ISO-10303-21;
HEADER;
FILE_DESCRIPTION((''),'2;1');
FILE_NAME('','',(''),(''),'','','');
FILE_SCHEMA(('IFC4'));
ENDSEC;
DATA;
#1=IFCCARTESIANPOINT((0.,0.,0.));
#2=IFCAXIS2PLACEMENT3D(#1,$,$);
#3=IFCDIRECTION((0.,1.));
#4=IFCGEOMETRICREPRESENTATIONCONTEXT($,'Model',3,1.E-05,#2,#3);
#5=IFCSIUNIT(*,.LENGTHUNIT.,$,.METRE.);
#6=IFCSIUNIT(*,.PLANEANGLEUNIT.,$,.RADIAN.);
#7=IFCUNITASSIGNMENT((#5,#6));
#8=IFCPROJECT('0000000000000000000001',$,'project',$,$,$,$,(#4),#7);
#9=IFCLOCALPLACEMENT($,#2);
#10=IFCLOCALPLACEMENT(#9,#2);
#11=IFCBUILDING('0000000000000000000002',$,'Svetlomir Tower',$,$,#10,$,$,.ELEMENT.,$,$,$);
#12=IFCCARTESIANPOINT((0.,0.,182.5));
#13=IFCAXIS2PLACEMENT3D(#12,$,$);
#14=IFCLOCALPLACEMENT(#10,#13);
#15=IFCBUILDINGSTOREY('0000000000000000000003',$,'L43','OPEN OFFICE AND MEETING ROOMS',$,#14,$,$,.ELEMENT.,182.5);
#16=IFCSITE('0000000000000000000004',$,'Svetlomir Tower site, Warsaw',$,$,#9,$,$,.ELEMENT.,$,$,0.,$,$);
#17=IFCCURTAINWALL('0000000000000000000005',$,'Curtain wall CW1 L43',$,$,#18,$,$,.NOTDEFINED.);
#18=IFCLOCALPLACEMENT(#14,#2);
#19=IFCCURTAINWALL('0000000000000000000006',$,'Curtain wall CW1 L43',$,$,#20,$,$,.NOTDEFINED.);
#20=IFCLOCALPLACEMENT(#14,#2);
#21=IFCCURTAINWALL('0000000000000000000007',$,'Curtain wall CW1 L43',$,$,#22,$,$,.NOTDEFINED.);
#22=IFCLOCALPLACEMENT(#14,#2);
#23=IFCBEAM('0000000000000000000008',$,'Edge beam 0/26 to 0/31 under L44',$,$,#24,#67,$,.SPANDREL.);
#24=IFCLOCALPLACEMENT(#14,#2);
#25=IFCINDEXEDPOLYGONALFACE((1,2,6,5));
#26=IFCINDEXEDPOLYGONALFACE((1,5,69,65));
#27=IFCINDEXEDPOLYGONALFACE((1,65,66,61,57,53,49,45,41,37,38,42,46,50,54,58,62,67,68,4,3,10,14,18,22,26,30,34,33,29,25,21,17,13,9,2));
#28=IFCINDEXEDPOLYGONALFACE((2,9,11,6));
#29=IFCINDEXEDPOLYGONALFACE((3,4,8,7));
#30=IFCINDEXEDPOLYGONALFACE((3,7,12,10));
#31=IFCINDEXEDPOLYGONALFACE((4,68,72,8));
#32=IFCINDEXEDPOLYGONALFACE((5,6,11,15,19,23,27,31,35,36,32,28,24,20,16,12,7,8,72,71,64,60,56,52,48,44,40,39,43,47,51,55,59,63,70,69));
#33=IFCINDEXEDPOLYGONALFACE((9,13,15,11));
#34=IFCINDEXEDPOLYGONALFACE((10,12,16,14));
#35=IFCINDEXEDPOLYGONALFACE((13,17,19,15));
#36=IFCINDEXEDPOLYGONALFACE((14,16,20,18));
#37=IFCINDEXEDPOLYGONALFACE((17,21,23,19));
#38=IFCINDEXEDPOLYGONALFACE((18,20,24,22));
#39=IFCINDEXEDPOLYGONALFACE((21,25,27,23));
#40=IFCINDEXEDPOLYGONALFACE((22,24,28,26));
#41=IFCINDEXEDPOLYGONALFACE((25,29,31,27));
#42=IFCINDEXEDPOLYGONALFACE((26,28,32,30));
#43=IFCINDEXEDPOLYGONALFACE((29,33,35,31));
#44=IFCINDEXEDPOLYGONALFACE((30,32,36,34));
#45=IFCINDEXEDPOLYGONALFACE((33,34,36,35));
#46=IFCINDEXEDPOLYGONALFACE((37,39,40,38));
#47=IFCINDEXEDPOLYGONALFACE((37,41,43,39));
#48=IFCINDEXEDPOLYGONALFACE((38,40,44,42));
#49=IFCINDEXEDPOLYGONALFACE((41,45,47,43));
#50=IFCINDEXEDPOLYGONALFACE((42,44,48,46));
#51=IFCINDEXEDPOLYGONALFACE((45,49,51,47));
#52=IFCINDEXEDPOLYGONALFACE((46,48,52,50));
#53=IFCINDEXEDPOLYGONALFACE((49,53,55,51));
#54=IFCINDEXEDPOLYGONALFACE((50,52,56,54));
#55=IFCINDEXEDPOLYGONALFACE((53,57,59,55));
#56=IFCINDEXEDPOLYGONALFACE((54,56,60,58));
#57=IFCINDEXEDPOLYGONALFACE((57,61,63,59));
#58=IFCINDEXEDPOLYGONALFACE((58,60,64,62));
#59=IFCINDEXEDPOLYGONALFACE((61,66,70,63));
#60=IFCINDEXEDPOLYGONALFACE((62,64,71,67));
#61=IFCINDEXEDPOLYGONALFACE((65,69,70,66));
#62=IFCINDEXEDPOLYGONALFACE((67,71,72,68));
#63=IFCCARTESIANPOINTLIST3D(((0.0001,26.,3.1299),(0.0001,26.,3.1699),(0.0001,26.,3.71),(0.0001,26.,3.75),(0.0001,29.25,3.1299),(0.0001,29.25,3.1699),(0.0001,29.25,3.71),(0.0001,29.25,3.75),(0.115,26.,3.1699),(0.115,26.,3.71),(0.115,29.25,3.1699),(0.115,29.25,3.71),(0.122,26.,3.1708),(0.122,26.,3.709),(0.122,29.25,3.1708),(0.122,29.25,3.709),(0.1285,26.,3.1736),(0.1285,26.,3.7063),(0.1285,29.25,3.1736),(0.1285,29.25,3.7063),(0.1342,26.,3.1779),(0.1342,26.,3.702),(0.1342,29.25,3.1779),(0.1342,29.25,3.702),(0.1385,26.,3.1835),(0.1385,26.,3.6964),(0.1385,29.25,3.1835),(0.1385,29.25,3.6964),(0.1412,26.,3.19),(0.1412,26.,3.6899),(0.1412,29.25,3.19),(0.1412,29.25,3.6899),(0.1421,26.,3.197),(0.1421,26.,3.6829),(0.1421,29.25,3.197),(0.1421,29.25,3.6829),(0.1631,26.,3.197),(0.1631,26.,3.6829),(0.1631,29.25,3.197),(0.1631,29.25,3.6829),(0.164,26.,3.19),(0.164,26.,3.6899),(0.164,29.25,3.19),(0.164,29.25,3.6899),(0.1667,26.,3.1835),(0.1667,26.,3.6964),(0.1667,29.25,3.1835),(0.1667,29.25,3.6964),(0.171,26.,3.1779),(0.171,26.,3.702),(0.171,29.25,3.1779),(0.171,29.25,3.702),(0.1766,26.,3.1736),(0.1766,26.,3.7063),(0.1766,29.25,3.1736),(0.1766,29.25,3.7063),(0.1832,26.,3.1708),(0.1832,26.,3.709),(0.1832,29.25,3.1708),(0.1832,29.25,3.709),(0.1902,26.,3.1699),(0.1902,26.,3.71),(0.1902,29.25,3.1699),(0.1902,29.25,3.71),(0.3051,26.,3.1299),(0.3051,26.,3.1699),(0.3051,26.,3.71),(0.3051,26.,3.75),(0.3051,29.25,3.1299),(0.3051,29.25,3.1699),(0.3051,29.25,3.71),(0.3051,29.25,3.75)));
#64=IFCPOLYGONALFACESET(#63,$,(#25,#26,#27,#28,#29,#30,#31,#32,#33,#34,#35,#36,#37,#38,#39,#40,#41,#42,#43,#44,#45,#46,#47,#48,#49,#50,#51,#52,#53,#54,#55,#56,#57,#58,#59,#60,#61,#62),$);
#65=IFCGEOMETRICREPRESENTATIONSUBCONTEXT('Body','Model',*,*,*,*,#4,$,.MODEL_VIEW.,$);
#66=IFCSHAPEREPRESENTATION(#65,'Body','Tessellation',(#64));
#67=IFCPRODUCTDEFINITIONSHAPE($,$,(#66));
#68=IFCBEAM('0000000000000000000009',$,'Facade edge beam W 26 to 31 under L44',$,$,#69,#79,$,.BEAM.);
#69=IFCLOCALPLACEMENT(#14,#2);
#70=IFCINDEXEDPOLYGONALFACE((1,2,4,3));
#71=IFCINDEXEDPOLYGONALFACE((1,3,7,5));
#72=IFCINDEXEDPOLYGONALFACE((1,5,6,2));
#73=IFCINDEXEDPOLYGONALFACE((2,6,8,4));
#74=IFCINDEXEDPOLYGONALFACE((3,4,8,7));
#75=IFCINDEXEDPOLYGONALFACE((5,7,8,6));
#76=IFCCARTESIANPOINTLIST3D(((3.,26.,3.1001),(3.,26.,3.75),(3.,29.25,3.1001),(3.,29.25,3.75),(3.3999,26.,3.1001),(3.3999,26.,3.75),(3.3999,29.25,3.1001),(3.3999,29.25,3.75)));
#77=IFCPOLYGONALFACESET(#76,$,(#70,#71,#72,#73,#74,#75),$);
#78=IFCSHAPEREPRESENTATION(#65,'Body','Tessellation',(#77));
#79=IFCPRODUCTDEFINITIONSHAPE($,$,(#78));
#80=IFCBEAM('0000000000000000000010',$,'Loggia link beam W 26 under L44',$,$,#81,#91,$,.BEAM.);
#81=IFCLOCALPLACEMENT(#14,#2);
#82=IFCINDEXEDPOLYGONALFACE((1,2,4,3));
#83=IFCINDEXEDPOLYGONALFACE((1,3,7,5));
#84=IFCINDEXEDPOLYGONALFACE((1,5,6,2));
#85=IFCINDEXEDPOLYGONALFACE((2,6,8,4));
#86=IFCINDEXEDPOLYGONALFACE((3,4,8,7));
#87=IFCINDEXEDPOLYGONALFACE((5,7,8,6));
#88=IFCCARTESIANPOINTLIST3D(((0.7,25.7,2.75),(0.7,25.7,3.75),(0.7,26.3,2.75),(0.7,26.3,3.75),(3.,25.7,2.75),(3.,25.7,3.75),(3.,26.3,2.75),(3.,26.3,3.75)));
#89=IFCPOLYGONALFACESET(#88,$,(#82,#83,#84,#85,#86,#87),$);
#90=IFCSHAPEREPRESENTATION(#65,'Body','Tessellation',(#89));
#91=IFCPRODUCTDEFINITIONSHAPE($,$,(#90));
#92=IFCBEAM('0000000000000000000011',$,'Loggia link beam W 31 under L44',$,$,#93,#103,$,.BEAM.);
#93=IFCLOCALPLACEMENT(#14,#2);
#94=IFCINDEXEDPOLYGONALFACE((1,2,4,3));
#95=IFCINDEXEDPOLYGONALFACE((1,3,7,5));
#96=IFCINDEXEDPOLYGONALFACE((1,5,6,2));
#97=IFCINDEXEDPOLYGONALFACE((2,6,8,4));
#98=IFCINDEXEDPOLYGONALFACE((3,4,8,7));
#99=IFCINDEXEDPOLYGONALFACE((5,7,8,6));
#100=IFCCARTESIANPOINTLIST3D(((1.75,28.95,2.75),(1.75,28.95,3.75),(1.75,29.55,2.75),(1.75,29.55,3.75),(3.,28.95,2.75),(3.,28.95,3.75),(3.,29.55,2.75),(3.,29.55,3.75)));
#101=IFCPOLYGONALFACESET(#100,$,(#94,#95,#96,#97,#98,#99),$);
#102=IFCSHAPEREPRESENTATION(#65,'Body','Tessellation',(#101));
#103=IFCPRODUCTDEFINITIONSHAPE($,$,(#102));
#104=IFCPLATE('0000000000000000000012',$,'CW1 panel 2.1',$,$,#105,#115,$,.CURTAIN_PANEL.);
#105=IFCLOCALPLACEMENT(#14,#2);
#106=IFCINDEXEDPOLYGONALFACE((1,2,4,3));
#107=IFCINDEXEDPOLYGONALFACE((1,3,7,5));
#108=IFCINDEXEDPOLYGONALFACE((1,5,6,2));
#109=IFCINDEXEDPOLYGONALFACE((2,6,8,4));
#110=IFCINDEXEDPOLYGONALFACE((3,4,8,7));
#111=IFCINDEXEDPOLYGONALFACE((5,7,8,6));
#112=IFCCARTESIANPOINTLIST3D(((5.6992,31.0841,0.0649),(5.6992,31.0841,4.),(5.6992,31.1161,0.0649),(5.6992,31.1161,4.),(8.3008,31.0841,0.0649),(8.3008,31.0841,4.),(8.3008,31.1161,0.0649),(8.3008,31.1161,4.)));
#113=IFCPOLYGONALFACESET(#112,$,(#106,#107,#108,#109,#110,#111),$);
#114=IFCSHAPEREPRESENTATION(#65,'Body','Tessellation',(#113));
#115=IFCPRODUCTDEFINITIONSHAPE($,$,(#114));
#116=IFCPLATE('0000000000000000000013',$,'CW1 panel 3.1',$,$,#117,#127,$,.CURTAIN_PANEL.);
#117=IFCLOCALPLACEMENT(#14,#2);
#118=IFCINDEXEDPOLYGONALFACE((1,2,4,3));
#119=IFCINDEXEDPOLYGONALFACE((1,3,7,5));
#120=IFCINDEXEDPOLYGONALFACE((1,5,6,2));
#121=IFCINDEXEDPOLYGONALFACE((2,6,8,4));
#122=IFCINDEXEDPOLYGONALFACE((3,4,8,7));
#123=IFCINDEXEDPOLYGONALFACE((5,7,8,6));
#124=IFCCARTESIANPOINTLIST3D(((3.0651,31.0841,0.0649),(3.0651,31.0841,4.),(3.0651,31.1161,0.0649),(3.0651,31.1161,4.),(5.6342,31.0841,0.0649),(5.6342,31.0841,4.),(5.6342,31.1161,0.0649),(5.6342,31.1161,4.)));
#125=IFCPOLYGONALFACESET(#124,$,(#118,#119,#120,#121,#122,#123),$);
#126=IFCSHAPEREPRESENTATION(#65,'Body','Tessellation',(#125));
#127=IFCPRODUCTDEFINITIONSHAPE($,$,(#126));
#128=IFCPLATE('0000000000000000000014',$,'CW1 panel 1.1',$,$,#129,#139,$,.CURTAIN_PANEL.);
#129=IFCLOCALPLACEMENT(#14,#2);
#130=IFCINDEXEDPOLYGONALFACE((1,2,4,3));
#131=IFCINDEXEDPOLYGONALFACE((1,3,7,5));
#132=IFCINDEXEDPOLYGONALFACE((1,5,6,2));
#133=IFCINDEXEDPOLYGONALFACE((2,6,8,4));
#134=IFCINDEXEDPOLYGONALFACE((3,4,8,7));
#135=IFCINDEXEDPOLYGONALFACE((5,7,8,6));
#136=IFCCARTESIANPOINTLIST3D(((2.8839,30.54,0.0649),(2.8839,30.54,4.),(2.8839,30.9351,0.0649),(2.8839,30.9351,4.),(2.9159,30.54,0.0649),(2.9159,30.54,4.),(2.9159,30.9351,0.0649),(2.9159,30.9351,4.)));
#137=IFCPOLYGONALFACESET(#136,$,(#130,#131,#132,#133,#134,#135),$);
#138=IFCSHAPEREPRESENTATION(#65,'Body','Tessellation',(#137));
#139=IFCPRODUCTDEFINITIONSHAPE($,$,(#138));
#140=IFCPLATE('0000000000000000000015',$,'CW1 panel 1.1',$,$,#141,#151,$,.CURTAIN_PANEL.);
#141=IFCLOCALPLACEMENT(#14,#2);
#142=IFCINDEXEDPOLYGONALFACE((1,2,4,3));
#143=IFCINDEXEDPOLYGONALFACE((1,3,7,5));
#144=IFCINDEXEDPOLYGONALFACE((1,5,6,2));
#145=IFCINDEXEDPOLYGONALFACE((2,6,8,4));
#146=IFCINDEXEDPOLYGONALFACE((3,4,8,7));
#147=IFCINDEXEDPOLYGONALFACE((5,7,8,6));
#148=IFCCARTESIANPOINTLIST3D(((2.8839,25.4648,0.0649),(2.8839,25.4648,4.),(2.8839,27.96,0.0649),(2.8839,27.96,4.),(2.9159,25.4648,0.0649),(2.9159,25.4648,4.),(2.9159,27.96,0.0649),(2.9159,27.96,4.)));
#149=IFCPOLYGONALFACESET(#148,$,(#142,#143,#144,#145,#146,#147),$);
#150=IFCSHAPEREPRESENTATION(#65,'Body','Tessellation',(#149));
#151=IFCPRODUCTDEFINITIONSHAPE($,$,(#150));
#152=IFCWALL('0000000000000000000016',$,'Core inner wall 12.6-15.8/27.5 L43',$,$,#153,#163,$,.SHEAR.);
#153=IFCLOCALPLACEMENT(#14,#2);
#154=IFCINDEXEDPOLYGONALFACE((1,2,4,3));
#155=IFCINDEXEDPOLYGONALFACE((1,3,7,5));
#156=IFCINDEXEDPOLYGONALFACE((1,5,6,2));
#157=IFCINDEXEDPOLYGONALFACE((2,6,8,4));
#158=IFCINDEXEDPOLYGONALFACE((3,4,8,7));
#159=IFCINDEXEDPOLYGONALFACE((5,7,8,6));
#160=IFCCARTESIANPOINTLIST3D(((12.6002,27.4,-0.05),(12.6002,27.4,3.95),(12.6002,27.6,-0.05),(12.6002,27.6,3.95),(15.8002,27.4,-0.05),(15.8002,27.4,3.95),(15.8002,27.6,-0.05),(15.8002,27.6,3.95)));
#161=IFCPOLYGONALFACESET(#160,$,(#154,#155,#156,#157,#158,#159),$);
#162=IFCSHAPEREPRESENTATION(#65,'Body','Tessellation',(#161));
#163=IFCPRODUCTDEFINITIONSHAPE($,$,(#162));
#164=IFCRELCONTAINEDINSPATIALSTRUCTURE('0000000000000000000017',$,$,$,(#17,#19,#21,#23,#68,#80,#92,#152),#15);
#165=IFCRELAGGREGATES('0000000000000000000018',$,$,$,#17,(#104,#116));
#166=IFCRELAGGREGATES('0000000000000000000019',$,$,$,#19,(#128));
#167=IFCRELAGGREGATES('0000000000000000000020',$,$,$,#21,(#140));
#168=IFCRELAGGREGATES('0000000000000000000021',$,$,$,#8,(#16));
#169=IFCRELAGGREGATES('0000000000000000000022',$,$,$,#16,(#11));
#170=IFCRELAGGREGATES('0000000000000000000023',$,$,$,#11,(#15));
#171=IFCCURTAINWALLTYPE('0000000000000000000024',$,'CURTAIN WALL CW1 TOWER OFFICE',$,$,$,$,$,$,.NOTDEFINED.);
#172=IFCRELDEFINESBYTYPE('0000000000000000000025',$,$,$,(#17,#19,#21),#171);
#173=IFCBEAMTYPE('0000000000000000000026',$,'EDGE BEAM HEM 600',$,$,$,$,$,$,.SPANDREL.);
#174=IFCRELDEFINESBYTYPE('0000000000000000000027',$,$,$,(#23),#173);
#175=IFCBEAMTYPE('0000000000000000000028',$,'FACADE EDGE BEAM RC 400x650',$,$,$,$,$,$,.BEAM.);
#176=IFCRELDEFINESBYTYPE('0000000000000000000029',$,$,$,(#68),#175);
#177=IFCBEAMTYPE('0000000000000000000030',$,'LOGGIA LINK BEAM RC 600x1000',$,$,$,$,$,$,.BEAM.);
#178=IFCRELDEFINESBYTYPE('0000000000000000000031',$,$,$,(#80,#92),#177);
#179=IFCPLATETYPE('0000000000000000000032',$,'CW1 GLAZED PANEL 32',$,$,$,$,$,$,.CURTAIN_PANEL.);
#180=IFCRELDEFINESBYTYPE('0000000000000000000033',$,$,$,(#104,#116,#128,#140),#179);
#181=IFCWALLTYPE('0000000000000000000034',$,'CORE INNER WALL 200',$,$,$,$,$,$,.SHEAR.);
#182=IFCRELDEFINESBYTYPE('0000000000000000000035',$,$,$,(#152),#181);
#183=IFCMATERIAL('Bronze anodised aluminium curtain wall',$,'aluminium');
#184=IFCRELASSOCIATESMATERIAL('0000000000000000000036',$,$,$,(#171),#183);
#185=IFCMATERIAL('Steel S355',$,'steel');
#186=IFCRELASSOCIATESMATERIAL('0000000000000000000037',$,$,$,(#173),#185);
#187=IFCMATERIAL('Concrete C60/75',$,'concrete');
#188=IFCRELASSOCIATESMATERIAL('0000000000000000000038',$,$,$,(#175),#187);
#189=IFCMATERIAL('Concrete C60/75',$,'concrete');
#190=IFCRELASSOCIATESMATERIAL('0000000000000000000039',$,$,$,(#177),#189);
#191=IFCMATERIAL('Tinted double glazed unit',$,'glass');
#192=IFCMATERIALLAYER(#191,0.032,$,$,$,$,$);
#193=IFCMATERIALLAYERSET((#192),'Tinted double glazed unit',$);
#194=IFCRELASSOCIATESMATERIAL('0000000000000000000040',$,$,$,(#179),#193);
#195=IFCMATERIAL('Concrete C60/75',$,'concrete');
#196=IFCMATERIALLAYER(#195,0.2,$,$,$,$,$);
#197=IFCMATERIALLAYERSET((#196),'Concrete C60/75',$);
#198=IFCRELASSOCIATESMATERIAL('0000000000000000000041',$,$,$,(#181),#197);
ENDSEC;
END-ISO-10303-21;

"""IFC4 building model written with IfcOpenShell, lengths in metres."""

from ifc_helpers import new_model, si_unit, direction, frame, frame_2d, origin, origin_2d, place, context, subcontext, project, spatial, rectangle, i_section, extrude, material, layer, layer_set, material_profile, profile_set, type_object, element, aggregate, save


model = new_model("IFC4")

# Units and contexts
model_context = context("Model", 3, precision=1e-05, world=origin(), true_north=direction((0.0, 1.0)))
body_context = subcontext(model_context, "Body", "Model", "MODEL_VIEW")
ifc_project = project(units=[si_unit("LENGTHUNIT", "METRE"), si_unit("PLANEANGLEUNIT", "RADIAN")], contexts=[model_context])

# Site, building, storey
site_placement = place(None, origin())
site = spatial("IfcSite", under=ifc_project, at=site_placement, Name="Svetlomir Tower site, Warsaw", CompositionType="ELEMENT", RefElevation=0.0)
building_placement = place(site_placement, origin())
building = spatial("IfcBuilding", under=site, at=building_placement, Name="Svetlomir Tower", CompositionType="ELEMENT")
storey_placement = place(building_placement, frame((0.0, 0.0, 182.5)))
storey = spatial("IfcBuildingStorey", under=building, at=storey_placement, Name="L43", Description="OPEN OFFICE AND MEETING ROOMS", CompositionType="ELEMENT", Elevation=182.5)

# Shared definitions
ifc_material_1 = material(Name="Bronze anodised aluminium curtain wall", Category="aluminium")
curtain_wall_type = type_object("IfcCurtainWallType", Name="CURTAIN WALL CW1 TOWER OFFICE", PredefinedType="NOTDEFINED", material=ifc_material_1)

# Curtain walls
curtain_wall_1_placement = place(storey_placement, origin())
curtain_wall_1 = element("IfcCurtainWall", 1, at=curtain_wall_1_placement, inside=storey, type_object=curtain_wall_type, Name="Curtain wall CW1 L43", PredefinedType="NOTDEFINED")
curtain_wall_2_placement = place(storey_placement, origin())
curtain_wall_2 = element("IfcCurtainWall", 2, at=curtain_wall_2_placement, inside=storey, type_object=curtain_wall_type, Name="Curtain wall CW1 L43", PredefinedType="NOTDEFINED")

# Curtain wall
curtain_wall_3_placement = place(storey_placement, origin())
curtain_wall_3 = element("IfcCurtainWall", 3, at=curtain_wall_3_placement, inside=storey, type_object=curtain_wall_type, Name="Curtain wall CW1 L43", PredefinedType="NOTDEFINED")

# Beams
ifc_material_2 = material(Name="Steel S355", Category="steel")
ifc_material_profile_1 = material_profile(ifc_material_2, i_section(OverallWidth=0.3049, OverallDepth=0.6201, WebThickness=0.021, FlangeThickness=0.04, FilletRadius=0.0271, at=origin_2d()), Name="HEM 600")
ifc_profile_set_1 = profile_set([ifc_material_profile_1], Name="Steel S355")
beam_type_1 = type_object("IfcBeamType", Name="EDGE BEAM HEM 600", PredefinedType="SPANDREL", material=ifc_profile_set_1)
beam_1_placement = place(storey_placement, frame((0.1526, 26.0, 3.4399), z_axis=(0.0, 1.0, 0.0), x_axis=(-1.0, 0.0, 0.0)))
element("IfcBeam", 4, at=beam_1_placement, inside=storey, type_object=beam_type_1, Name="Edge beam 0/26 to 0/31 under L44", PredefinedType="SPANDREL", context=body_context, shape_type="SweptSolid", body=[
    extrude(i_section(OverallWidth=0.3049, OverallDepth=0.6201, WebThickness=0.021, FlangeThickness=0.04, FilletRadius=0.0271, at=origin_2d()), origin(), (0.0, 0.0, 1.0), 3.25),
])
ifc_material_3 = material(Name="Concrete C60/75", Category="concrete")
ifc_material_profile_2 = material_profile(ifc_material_3, rectangle(XDim=0.3999, YDim=0.6499, at=origin_2d()), Name="RC 400x650")
ifc_profile_set_2 = profile_set([ifc_material_profile_2], Name="Concrete C60/75")
beam_type_2 = type_object("IfcBeamType", Name="FACADE EDGE BEAM RC 400x650", PredefinedType="BEAM", material=ifc_profile_set_2)
beam_2_placement = place(storey_placement, frame((3.2, 26.0, 3.425), z_axis=(0.0, 1.0, 0.0), x_axis=(-1.0, 0.0, 0.0)))
element("IfcBeam", 5, at=beam_2_placement, inside=storey, type_object=beam_type_2, Name="Facade edge beam W 26 to 31 under L44", PredefinedType="BEAM", context=body_context, shape_type="SweptSolid", body=[
    extrude(rectangle(XDim=0.3999, YDim=0.6499, at=origin_2d()), origin(), (0.0, 0.0, 1.0), 3.25),
])
ifc_material_4 = material(Name="Concrete C60/75", Category="concrete")
ifc_material_profile_3 = material_profile(ifc_material_4, rectangle(XDim=0.6001, YDim=1.0, at=origin_2d()), Name="RC 600x1000")
ifc_profile_set_3 = profile_set([ifc_material_profile_3], Name="Concrete C60/75")
beam_type_3 = type_object("IfcBeamType", Name="LOGGIA LINK BEAM RC 600x1000", PredefinedType="BEAM", material=ifc_profile_set_3)
beam_3_placement = place(storey_placement, frame((0.7, 26.0, 3.25), z_axis=(1.0, 0.0, 0.0), x_axis=(0.0, 1.0, 0.0)))
element("IfcBeam", 6, at=beam_3_placement, inside=storey, type_object=beam_type_3, Name="Loggia link beam W 26 under L44", PredefinedType="BEAM", context=body_context, shape_type="SweptSolid", body=[
    extrude(rectangle(XDim=0.6001, YDim=1.0, at=origin_2d()), origin(), (0.0, 0.0, 1.0), 2.3),
])
beam_4_placement = place(storey_placement, frame((1.75, 29.25, 3.25), z_axis=(1.0, 0.0, 0.0), x_axis=(0.0, 1.0, 0.0)))
element("IfcBeam", 7, at=beam_4_placement, inside=storey, type_object=beam_type_3, Name="Loggia link beam W 31 under L44", PredefinedType="BEAM", context=body_context, shape_type="SweptSolid", body=[
    extrude(rectangle(XDim=0.6001, YDim=1.0, at=origin_2d()), origin(), (0.0, 0.0, 1.0), 1.25),
])

# Plates
ifc_material_5 = material(Name="Tinted double glazed unit", Category="glass")
ifc_layer_1 = layer(ifc_material_5, 0.032)
ifc_layer_set_1 = layer_set([ifc_layer_1], Name="Tinted double glazed unit")
plate_type = type_object("IfcPlateType", Name="CW1 GLAZED PANEL 32", PredefinedType="CURTAIN_PANEL", material=ifc_layer_set_1)
plate_1_placement = place(storey_placement, frame((7.0, 31.1001, 0.0649), z_axis=(0.0, 0.0, 1.0), x_axis=(-1.0, 0.0, 0.0)))
plate_1 = element("IfcPlate", 8, at=plate_1_placement, type_object=plate_type, Name="CW1 panel 2.1", PredefinedType="CURTAIN_PANEL", context=body_context, shape_type="SweptSolid", body=[
    extrude(rectangle(XDim=2.6016, YDim=0.032, at=origin_2d()), origin(), (0.0, 0.0, 1.0), 3.9351),
])
plate_2_placement = place(storey_placement, frame((4.3496, 31.1001, 0.0649), z_axis=(0.0, 0.0, 1.0), x_axis=(-1.0, 0.0, 0.0)))
plate_2 = element("IfcPlate", 9, at=plate_2_placement, type_object=plate_type, Name="CW1 panel 3.1", PredefinedType="CURTAIN_PANEL", context=body_context, shape_type="SweptSolid", body=[
    extrude(rectangle(XDim=2.5691, YDim=0.032, at=origin_2d()), origin(), (0.0, 0.0, 1.0), 3.9351),
])
aggregate(curtain_wall_1, [plate_1, plate_2])
plate_3_placement = place(storey_placement, frame((2.8999, 30.7375, 0.0649), z_axis=(0.0, 0.0, 1.0), x_axis=(0.0, -1.0, 0.0)))
plate_3 = element("IfcPlate", 10, at=plate_3_placement, type_object=plate_type, Name="CW1 panel 1.1", PredefinedType="CURTAIN_PANEL", context=body_context, shape_type="SweptSolid", body=[
    extrude(rectangle(XDim=0.395, YDim=0.032, at=origin_2d()), origin(), (0.0, 0.0, 1.0), 3.9351),
])
aggregate(curtain_wall_2, [plate_3])
plate_4_placement = place(storey_placement, frame((2.8999, 26.7124, 0.0649), z_axis=(0.0, 0.0, 1.0), x_axis=(0.0, -1.0, 0.0)))
plate_4 = element("IfcPlate", 11, at=plate_4_placement, type_object=plate_type, Name="CW1 panel 1.1", PredefinedType="CURTAIN_PANEL", context=body_context, shape_type="SweptSolid", body=[
    extrude(rectangle(XDim=2.4951, YDim=0.032, at=origin_2d()), origin(), (0.0, 0.0, 1.0), 3.9351),
])
aggregate(curtain_wall_3, [plate_4])

# Wall
ifc_material_6 = material(Name="Concrete C60/75", Category="concrete")
ifc_layer_2 = layer(ifc_material_6, 0.2)
ifc_layer_set_2 = layer_set([ifc_layer_2], Name="Concrete C60/75")
wall_type_1 = type_object("IfcWallType", Name="CORE INNER WALL 200", PredefinedType="SHEAR", material=ifc_layer_set_2)
wall_1_placement = place(storey_placement, frame((12.6001, 27.5, -0.05), z_axis=(0.0, 0.0, 1.0), x_axis=(1.0, 0.0, 0.0)))
element("IfcWall", 12, at=wall_1_placement, inside=storey, type_object=wall_type_1, Name="Core inner wall 12.6-15.8/27.5 L43", PredefinedType="SHEAR", context=body_context, shape_type="SweptSolid", body=[
    extrude(rectangle(XDim=3.2, YDim=0.2, at=frame_2d((1.6001, 0.0))), origin(), (0.0, 0.0, 1.0), 4.0),
])

save(model, "model.ifc")
